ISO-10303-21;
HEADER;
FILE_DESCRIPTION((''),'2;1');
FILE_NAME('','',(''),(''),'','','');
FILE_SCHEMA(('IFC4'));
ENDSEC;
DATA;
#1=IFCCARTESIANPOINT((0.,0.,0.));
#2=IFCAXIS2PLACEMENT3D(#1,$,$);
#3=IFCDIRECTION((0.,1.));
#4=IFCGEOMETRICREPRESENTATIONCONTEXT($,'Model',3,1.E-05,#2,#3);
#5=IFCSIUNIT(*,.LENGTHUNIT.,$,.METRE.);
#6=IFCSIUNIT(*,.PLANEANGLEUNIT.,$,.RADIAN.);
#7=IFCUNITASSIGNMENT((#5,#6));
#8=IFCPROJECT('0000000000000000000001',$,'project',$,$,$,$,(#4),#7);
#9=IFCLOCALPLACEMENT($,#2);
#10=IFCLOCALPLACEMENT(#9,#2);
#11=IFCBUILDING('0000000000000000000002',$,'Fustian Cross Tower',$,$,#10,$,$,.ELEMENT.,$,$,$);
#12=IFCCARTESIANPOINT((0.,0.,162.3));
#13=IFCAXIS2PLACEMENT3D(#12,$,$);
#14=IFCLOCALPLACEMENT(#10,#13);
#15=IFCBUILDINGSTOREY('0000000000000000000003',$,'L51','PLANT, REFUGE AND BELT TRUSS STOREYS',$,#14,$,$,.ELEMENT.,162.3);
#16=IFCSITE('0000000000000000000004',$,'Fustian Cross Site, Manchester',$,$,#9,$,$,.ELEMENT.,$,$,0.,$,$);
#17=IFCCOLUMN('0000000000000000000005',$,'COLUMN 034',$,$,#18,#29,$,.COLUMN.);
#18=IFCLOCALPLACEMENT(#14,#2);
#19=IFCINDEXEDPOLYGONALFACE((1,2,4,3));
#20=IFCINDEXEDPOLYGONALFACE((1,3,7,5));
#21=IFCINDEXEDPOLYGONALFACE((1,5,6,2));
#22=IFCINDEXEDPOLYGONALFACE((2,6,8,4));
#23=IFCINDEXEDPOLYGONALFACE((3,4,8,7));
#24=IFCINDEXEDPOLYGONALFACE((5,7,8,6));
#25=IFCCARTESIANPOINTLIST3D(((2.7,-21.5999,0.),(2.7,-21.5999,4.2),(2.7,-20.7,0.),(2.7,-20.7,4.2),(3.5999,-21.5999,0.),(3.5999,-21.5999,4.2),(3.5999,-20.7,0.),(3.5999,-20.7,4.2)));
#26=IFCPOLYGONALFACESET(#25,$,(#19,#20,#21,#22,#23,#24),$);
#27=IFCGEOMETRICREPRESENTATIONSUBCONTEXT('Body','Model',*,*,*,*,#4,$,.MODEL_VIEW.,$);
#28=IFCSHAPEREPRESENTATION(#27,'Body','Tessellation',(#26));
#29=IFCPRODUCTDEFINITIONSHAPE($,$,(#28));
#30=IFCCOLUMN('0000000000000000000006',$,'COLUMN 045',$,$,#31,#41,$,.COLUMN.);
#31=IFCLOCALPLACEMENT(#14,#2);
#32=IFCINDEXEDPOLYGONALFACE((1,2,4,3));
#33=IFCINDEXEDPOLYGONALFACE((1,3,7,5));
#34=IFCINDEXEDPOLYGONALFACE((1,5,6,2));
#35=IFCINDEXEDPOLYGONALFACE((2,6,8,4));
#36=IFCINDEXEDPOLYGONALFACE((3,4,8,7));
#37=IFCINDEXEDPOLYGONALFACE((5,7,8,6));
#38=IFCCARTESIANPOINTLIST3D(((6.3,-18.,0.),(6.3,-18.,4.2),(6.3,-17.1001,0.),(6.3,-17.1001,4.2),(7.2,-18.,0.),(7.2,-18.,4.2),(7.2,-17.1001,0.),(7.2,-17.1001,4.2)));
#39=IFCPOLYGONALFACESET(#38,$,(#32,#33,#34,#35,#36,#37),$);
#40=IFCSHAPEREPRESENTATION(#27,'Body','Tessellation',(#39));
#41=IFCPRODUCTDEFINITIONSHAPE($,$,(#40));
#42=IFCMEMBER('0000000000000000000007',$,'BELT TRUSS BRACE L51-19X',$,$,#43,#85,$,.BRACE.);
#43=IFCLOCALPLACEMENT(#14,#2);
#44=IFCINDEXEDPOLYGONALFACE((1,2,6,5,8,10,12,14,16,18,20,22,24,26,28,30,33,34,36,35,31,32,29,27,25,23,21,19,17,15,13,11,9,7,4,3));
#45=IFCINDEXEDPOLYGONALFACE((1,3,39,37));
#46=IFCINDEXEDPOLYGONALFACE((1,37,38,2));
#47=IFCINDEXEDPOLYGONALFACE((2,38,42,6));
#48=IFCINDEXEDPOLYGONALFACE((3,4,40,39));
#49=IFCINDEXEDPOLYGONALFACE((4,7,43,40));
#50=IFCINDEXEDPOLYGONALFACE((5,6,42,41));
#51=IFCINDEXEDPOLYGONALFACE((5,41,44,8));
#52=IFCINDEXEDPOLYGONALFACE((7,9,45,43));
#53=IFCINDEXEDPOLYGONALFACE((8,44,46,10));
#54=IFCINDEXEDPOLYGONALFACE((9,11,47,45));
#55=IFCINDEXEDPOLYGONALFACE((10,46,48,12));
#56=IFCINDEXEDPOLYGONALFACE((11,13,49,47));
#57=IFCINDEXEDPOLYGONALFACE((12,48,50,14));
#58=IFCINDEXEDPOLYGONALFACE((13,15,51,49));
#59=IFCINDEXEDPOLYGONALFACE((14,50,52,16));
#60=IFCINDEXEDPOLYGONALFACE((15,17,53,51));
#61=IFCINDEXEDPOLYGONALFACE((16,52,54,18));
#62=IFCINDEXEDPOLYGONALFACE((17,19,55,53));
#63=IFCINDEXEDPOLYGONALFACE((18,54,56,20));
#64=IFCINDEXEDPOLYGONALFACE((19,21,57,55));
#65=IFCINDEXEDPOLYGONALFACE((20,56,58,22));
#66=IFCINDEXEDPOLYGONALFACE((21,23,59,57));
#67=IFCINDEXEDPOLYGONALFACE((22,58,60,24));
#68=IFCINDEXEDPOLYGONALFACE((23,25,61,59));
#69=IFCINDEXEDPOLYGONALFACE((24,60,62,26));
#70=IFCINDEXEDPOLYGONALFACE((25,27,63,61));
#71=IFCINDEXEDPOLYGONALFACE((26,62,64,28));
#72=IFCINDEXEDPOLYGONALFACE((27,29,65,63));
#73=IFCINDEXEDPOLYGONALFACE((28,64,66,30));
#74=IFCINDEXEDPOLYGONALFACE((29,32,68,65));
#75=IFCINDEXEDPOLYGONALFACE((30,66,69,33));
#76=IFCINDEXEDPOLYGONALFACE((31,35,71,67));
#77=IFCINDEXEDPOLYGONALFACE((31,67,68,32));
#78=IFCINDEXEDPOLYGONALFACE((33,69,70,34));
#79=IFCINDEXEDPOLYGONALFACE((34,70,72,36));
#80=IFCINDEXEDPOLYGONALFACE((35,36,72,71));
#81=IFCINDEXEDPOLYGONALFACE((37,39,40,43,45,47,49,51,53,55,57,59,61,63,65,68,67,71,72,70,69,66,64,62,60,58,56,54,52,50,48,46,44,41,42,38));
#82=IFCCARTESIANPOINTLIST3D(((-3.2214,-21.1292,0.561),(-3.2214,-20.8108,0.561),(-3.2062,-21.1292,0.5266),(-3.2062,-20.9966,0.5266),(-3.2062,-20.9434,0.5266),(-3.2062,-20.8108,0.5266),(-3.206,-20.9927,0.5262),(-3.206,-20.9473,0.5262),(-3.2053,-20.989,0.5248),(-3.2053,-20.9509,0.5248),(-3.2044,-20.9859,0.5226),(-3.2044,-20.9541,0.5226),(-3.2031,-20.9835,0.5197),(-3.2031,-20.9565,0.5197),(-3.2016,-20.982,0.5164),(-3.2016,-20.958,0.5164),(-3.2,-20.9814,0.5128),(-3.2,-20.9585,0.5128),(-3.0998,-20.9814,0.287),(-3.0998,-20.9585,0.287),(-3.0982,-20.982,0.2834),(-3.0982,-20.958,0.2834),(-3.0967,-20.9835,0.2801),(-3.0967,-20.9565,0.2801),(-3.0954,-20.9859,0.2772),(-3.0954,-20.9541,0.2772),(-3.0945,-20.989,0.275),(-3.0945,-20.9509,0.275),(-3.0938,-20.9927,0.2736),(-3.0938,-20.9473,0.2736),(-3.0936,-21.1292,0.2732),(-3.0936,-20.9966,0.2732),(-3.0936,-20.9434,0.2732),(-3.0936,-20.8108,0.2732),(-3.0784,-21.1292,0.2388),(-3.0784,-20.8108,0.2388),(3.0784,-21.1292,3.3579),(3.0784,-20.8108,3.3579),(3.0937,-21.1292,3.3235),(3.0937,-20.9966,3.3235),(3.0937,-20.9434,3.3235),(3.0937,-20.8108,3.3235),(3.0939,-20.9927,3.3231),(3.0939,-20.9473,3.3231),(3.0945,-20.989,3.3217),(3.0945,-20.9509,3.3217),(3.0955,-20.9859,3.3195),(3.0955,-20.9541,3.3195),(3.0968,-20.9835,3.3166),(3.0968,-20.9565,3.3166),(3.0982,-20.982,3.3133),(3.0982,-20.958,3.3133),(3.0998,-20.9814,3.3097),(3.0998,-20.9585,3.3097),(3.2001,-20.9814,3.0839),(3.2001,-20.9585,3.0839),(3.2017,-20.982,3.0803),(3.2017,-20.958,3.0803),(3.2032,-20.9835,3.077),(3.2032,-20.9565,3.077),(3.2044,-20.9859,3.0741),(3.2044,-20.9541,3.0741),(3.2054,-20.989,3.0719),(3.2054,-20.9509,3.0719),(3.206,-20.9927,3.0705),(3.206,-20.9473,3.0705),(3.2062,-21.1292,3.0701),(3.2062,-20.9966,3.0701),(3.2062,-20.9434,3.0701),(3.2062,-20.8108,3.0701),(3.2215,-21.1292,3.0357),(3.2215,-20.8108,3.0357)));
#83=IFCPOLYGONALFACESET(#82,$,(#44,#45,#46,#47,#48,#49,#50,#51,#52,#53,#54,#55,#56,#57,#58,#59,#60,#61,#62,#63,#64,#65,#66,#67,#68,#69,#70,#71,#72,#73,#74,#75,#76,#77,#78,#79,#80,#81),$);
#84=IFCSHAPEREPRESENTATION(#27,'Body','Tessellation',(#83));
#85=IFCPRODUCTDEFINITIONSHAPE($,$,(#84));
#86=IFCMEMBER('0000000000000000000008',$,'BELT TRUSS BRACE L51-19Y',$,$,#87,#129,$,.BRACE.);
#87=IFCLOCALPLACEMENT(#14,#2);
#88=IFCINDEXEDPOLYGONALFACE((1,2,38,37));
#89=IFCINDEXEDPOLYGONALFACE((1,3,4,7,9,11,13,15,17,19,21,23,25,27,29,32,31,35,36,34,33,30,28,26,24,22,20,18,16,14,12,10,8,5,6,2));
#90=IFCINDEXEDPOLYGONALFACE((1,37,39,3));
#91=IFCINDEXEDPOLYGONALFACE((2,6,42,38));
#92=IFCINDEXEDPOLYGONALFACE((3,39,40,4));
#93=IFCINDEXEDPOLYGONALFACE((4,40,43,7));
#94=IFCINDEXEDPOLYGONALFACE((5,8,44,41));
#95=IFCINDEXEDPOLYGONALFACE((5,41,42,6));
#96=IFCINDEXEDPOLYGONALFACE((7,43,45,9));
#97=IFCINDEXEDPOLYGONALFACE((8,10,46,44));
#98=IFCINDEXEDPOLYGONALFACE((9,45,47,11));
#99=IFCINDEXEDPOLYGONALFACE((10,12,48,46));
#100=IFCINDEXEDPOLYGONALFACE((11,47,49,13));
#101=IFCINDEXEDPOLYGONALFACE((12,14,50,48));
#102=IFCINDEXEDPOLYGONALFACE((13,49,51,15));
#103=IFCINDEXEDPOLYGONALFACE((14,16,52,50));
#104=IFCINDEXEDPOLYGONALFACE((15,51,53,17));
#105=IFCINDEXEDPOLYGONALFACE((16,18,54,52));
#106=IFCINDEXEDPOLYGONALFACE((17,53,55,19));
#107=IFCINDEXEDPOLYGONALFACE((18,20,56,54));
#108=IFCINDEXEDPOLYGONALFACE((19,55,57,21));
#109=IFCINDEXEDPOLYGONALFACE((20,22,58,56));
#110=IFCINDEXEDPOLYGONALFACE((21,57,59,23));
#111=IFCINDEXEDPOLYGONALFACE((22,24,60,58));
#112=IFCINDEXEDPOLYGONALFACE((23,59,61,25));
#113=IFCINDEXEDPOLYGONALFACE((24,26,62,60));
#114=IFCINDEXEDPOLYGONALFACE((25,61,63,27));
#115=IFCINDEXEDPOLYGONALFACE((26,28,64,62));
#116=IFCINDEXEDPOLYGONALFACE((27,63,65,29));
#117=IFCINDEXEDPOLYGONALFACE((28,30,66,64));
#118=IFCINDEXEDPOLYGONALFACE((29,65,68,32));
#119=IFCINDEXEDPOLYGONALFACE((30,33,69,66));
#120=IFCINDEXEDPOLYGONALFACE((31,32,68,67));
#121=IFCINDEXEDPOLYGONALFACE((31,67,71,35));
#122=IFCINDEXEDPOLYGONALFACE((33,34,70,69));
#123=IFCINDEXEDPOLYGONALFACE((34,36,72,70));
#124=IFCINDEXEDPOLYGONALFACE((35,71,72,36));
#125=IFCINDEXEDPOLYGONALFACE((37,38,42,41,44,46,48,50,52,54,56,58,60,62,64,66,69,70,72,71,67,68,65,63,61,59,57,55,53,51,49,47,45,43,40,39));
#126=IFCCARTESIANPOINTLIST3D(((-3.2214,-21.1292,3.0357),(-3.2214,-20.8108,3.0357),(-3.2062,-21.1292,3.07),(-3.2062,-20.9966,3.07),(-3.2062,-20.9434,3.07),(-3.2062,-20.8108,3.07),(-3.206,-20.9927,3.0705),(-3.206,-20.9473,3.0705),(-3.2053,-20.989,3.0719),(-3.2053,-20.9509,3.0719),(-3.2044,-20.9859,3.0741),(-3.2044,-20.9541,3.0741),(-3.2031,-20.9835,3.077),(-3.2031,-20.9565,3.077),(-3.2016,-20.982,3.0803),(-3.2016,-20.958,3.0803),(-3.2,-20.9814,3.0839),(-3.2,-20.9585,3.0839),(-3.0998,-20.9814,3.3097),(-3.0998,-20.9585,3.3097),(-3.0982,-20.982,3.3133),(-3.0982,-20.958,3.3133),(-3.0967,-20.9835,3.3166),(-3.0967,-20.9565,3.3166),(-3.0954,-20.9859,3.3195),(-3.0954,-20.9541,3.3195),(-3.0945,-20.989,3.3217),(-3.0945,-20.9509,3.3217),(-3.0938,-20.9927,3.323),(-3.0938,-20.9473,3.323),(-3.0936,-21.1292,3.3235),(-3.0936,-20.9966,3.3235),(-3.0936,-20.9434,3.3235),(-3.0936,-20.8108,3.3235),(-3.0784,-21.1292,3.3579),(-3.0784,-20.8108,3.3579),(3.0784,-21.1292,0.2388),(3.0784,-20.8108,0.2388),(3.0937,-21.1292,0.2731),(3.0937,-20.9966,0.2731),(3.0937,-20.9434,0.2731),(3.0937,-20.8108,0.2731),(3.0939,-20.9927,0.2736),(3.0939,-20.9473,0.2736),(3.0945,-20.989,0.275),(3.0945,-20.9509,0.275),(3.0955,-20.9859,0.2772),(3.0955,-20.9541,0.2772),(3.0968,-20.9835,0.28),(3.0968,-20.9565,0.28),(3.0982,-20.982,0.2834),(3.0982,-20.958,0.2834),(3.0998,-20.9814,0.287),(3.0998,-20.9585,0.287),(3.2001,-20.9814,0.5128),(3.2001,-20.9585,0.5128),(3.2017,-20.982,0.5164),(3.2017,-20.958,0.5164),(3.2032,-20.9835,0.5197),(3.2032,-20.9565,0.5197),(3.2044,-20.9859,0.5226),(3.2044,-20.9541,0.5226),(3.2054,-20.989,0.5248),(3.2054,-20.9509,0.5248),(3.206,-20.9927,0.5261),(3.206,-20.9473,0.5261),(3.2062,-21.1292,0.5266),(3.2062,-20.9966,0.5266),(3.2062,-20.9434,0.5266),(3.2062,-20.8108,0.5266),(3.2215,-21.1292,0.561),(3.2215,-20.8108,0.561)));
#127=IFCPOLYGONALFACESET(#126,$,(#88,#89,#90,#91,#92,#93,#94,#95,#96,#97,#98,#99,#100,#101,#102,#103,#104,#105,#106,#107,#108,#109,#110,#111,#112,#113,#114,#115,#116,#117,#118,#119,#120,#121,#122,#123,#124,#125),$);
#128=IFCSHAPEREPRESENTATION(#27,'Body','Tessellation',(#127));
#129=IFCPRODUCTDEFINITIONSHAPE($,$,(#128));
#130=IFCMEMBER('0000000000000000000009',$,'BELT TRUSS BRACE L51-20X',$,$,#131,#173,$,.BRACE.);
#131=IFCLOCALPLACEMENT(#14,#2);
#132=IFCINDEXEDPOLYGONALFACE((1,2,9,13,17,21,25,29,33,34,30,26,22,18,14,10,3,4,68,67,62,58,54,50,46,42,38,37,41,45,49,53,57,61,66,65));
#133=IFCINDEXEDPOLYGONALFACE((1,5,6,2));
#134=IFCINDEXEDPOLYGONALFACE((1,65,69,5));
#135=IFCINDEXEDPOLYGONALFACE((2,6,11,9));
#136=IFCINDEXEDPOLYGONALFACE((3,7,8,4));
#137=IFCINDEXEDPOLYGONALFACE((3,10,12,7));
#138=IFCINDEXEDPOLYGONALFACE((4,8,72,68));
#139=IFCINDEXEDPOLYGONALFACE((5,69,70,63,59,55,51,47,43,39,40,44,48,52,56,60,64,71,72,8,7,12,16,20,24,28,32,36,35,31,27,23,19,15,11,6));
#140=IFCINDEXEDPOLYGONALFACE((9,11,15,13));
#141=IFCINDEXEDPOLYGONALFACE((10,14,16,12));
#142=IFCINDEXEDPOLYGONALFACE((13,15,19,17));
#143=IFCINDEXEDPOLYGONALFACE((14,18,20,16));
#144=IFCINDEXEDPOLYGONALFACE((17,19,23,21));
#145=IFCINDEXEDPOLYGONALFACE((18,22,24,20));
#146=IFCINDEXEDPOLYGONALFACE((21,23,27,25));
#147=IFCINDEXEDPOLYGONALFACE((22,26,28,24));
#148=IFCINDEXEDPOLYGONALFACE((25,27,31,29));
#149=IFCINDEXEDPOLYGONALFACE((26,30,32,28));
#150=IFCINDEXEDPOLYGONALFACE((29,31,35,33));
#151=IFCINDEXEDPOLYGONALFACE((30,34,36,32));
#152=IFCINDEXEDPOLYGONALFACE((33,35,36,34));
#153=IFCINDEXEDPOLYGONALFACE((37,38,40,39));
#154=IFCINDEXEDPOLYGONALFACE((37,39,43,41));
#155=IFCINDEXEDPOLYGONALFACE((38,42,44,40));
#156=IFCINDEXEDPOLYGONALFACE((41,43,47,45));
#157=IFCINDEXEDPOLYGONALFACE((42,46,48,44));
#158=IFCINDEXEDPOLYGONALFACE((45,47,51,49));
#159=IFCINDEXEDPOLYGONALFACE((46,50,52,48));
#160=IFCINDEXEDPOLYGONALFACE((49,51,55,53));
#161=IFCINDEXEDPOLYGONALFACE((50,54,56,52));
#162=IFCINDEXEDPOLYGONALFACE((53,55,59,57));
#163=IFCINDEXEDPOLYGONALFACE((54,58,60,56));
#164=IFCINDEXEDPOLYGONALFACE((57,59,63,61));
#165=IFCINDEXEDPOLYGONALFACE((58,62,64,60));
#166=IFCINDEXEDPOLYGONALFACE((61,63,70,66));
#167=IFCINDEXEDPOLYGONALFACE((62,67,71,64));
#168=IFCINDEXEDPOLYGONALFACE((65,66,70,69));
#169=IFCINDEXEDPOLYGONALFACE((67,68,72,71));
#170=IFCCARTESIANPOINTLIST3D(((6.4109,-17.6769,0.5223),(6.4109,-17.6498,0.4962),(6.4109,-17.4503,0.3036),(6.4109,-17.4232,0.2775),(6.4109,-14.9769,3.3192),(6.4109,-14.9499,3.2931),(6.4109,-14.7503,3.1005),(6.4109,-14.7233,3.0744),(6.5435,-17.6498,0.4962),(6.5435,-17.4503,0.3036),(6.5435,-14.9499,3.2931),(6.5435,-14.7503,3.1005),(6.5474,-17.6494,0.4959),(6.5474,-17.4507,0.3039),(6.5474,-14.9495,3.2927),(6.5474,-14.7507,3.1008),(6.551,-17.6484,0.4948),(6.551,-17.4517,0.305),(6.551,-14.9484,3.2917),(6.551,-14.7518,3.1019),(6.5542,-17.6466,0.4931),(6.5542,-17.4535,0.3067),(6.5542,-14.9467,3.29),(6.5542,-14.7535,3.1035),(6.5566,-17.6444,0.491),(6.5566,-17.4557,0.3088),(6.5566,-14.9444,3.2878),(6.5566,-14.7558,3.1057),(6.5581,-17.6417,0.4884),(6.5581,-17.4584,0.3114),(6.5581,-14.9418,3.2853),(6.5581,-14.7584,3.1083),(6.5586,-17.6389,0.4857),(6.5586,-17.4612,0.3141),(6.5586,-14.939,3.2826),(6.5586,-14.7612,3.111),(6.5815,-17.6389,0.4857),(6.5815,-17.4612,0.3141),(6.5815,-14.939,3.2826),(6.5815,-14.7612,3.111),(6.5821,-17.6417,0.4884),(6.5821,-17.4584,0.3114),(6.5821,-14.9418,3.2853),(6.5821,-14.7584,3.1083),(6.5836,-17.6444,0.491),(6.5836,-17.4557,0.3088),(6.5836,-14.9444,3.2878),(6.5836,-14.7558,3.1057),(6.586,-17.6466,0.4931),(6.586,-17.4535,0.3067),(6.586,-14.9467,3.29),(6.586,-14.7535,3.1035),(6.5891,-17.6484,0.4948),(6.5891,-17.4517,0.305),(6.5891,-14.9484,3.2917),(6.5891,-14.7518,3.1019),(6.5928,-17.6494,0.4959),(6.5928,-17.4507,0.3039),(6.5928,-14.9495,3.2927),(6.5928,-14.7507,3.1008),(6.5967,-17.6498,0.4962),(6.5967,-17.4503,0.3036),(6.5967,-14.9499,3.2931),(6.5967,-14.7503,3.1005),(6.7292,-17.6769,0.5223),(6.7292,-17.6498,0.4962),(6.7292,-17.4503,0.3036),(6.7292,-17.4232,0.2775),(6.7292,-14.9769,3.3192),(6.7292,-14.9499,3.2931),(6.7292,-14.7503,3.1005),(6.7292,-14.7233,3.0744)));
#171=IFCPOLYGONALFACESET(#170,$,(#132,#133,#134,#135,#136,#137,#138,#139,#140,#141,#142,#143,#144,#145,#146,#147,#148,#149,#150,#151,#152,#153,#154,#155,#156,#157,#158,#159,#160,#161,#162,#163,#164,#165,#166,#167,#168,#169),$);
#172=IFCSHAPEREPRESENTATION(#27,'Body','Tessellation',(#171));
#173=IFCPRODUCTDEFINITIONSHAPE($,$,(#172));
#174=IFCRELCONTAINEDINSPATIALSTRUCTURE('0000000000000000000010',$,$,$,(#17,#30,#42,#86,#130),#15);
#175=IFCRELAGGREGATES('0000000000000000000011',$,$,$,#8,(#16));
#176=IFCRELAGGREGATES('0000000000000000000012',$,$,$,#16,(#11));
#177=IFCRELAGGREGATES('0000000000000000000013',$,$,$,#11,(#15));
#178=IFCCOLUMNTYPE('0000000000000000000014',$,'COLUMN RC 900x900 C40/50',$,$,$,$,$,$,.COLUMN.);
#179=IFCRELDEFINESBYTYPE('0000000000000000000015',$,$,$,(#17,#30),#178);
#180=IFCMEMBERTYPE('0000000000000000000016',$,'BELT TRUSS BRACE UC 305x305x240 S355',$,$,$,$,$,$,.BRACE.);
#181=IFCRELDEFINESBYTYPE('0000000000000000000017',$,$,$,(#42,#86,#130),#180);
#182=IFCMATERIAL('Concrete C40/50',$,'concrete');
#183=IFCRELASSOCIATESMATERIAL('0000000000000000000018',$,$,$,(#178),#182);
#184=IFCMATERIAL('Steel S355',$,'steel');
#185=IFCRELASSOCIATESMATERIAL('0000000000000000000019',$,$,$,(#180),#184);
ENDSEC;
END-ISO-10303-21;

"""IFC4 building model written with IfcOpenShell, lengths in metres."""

from ifc_helpers import new_model, si_unit, direction, frame, origin, origin_2d, place, context, subcontext, project, spatial, rectangle, i_section, extrude, material, material_profile, profile_set, type_object, element, save


model = new_model("IFC4")

# Units and contexts
model_context = context("Model", 3, precision=1e-05, world=origin(), true_north=direction((0.0, 1.0)))
body_context = subcontext(model_context, "Body", "Model", "MODEL_VIEW")
ifc_project = project(units=[si_unit("LENGTHUNIT", "METRE"), si_unit("PLANEANGLEUNIT", "RADIAN")], contexts=[model_context])

# Site, building, storey
site_placement = place(None, origin())
site = spatial("IfcSite", under=ifc_project, at=site_placement, Name="Fustian Cross Site, Manchester", CompositionType="ELEMENT", RefElevation=0.0)
building_placement = place(site_placement, origin())
building = spatial("IfcBuilding", under=site, at=building_placement, Name="Fustian Cross Tower", CompositionType="ELEMENT")
storey_placement = place(building_placement, frame((0.0, 0.0, 162.3)))
storey = spatial("IfcBuildingStorey", under=building, at=storey_placement, Name="L51", Description="PLANT, REFUGE AND BELT TRUSS STOREYS", CompositionType="ELEMENT", Elevation=162.3)

# Columns
ifc_material_1 = material(Name="Concrete C40/50", Category="concrete")
ifc_material_profile_1 = material_profile(ifc_material_1, rectangle(XDim=0.8999, YDim=0.8999, at=origin_2d()), Name="RC 900x900")
ifc_profile_set_1 = profile_set([ifc_material_profile_1], Name="Concrete C40/50")
column_type = type_object("IfcColumnType", Name="COLUMN RC 900x900 C40/50", PredefinedType="COLUMN", material=ifc_profile_set_1)
for number, where, z_axis, x_axis, name in (
    (1, (3.1499, -21.1499, 0.0), (0.0, 0.0, 1.0), (1.0, 0.0, 0.0), "COLUMN 034"),
    (2, (6.75, -17.55, 0.0), (0.0, 0.0, 1.0), (1.0, 0.0, 0.0), "COLUMN 045"),
):
    element("IfcColumn", number, at=place(storey_placement, frame(where, z_axis=z_axis, x_axis=x_axis)), inside=storey, type_object=column_type, Name=name, PredefinedType="COLUMN", context=body_context, shape_type="SweptSolid", body=[
        extrude(rectangle(XDim=0.8999, YDim=0.8999, at=origin_2d()), origin(), (0.0, 0.0, 1.0), 4.2),
    ])

# Members
ifc_material_2 = material(Name="Steel S355", Category="steel")
ifc_material_profile_2 = material_profile(ifc_material_2, i_section(OverallWidth=0.3184, OverallDepth=0.3525, WebThickness=0.0229, FlangeThickness=0.0376, FilletRadius=0.0151, at=origin_2d()), Name="UC 305x305x240")
ifc_profile_set_2 = profile_set([ifc_material_profile_2], Name="Steel S355")
member_type_1 = type_object("IfcMemberType", Name="BELT TRUSS BRACE UC 305x305x240 S355", PredefinedType="BRACE", material=ifc_profile_set_2)
for number, where, z_axis, x_axis, name in (
    (3, (-3.1499, -20.97, 0.3999), (0.913975, 0.0, 0.40577), (0.0, 1.0, 0.0), "BELT TRUSS BRACE L51-19X"),
    (4, (-3.1499, -20.97, 3.1968), (0.913975, 0.0, -0.40577), (0.0, 1.0, 0.0), "BELT TRUSS BRACE L51-19Y"),
):
    element("IfcMember", number, at=place(storey_placement, frame(where, z_axis=z_axis, x_axis=x_axis)), inside=storey, type_object=member_type_1, Name=name, PredefinedType="BRACE", context=body_context, shape_type="SweptSolid", body=[
        extrude(i_section(OverallWidth=0.3184, OverallDepth=0.3525, WebThickness=0.0229, FlangeThickness=0.0376, FilletRadius=0.0151, at=origin_2d()), origin(), (0.0, 0.0, 1.0), 6.8928),
    ])
for number, where, z_axis, x_axis, name in (
    (5, (6.5701, -17.55, 0.3999), (0.0, 0.694531, 0.719463), (-1.0, 0.0, 0.0), "BELT TRUSS BRACE L51-20X"),
):
    element("IfcMember", number, at=place(storey_placement, frame(where, z_axis=z_axis, x_axis=x_axis)), inside=storey, type_object=member_type_1, Name=name, PredefinedType="BRACE", context=body_context, shape_type="SweptSolid", body=[
        extrude(i_section(OverallWidth=0.3184, OverallDepth=0.3525, WebThickness=0.0229, FlangeThickness=0.0376, FilletRadius=0.0151, at=origin_2d()), origin(), (0.0, 0.0, 1.0), 3.8875),
    ])

save(model, "model.ifc")
